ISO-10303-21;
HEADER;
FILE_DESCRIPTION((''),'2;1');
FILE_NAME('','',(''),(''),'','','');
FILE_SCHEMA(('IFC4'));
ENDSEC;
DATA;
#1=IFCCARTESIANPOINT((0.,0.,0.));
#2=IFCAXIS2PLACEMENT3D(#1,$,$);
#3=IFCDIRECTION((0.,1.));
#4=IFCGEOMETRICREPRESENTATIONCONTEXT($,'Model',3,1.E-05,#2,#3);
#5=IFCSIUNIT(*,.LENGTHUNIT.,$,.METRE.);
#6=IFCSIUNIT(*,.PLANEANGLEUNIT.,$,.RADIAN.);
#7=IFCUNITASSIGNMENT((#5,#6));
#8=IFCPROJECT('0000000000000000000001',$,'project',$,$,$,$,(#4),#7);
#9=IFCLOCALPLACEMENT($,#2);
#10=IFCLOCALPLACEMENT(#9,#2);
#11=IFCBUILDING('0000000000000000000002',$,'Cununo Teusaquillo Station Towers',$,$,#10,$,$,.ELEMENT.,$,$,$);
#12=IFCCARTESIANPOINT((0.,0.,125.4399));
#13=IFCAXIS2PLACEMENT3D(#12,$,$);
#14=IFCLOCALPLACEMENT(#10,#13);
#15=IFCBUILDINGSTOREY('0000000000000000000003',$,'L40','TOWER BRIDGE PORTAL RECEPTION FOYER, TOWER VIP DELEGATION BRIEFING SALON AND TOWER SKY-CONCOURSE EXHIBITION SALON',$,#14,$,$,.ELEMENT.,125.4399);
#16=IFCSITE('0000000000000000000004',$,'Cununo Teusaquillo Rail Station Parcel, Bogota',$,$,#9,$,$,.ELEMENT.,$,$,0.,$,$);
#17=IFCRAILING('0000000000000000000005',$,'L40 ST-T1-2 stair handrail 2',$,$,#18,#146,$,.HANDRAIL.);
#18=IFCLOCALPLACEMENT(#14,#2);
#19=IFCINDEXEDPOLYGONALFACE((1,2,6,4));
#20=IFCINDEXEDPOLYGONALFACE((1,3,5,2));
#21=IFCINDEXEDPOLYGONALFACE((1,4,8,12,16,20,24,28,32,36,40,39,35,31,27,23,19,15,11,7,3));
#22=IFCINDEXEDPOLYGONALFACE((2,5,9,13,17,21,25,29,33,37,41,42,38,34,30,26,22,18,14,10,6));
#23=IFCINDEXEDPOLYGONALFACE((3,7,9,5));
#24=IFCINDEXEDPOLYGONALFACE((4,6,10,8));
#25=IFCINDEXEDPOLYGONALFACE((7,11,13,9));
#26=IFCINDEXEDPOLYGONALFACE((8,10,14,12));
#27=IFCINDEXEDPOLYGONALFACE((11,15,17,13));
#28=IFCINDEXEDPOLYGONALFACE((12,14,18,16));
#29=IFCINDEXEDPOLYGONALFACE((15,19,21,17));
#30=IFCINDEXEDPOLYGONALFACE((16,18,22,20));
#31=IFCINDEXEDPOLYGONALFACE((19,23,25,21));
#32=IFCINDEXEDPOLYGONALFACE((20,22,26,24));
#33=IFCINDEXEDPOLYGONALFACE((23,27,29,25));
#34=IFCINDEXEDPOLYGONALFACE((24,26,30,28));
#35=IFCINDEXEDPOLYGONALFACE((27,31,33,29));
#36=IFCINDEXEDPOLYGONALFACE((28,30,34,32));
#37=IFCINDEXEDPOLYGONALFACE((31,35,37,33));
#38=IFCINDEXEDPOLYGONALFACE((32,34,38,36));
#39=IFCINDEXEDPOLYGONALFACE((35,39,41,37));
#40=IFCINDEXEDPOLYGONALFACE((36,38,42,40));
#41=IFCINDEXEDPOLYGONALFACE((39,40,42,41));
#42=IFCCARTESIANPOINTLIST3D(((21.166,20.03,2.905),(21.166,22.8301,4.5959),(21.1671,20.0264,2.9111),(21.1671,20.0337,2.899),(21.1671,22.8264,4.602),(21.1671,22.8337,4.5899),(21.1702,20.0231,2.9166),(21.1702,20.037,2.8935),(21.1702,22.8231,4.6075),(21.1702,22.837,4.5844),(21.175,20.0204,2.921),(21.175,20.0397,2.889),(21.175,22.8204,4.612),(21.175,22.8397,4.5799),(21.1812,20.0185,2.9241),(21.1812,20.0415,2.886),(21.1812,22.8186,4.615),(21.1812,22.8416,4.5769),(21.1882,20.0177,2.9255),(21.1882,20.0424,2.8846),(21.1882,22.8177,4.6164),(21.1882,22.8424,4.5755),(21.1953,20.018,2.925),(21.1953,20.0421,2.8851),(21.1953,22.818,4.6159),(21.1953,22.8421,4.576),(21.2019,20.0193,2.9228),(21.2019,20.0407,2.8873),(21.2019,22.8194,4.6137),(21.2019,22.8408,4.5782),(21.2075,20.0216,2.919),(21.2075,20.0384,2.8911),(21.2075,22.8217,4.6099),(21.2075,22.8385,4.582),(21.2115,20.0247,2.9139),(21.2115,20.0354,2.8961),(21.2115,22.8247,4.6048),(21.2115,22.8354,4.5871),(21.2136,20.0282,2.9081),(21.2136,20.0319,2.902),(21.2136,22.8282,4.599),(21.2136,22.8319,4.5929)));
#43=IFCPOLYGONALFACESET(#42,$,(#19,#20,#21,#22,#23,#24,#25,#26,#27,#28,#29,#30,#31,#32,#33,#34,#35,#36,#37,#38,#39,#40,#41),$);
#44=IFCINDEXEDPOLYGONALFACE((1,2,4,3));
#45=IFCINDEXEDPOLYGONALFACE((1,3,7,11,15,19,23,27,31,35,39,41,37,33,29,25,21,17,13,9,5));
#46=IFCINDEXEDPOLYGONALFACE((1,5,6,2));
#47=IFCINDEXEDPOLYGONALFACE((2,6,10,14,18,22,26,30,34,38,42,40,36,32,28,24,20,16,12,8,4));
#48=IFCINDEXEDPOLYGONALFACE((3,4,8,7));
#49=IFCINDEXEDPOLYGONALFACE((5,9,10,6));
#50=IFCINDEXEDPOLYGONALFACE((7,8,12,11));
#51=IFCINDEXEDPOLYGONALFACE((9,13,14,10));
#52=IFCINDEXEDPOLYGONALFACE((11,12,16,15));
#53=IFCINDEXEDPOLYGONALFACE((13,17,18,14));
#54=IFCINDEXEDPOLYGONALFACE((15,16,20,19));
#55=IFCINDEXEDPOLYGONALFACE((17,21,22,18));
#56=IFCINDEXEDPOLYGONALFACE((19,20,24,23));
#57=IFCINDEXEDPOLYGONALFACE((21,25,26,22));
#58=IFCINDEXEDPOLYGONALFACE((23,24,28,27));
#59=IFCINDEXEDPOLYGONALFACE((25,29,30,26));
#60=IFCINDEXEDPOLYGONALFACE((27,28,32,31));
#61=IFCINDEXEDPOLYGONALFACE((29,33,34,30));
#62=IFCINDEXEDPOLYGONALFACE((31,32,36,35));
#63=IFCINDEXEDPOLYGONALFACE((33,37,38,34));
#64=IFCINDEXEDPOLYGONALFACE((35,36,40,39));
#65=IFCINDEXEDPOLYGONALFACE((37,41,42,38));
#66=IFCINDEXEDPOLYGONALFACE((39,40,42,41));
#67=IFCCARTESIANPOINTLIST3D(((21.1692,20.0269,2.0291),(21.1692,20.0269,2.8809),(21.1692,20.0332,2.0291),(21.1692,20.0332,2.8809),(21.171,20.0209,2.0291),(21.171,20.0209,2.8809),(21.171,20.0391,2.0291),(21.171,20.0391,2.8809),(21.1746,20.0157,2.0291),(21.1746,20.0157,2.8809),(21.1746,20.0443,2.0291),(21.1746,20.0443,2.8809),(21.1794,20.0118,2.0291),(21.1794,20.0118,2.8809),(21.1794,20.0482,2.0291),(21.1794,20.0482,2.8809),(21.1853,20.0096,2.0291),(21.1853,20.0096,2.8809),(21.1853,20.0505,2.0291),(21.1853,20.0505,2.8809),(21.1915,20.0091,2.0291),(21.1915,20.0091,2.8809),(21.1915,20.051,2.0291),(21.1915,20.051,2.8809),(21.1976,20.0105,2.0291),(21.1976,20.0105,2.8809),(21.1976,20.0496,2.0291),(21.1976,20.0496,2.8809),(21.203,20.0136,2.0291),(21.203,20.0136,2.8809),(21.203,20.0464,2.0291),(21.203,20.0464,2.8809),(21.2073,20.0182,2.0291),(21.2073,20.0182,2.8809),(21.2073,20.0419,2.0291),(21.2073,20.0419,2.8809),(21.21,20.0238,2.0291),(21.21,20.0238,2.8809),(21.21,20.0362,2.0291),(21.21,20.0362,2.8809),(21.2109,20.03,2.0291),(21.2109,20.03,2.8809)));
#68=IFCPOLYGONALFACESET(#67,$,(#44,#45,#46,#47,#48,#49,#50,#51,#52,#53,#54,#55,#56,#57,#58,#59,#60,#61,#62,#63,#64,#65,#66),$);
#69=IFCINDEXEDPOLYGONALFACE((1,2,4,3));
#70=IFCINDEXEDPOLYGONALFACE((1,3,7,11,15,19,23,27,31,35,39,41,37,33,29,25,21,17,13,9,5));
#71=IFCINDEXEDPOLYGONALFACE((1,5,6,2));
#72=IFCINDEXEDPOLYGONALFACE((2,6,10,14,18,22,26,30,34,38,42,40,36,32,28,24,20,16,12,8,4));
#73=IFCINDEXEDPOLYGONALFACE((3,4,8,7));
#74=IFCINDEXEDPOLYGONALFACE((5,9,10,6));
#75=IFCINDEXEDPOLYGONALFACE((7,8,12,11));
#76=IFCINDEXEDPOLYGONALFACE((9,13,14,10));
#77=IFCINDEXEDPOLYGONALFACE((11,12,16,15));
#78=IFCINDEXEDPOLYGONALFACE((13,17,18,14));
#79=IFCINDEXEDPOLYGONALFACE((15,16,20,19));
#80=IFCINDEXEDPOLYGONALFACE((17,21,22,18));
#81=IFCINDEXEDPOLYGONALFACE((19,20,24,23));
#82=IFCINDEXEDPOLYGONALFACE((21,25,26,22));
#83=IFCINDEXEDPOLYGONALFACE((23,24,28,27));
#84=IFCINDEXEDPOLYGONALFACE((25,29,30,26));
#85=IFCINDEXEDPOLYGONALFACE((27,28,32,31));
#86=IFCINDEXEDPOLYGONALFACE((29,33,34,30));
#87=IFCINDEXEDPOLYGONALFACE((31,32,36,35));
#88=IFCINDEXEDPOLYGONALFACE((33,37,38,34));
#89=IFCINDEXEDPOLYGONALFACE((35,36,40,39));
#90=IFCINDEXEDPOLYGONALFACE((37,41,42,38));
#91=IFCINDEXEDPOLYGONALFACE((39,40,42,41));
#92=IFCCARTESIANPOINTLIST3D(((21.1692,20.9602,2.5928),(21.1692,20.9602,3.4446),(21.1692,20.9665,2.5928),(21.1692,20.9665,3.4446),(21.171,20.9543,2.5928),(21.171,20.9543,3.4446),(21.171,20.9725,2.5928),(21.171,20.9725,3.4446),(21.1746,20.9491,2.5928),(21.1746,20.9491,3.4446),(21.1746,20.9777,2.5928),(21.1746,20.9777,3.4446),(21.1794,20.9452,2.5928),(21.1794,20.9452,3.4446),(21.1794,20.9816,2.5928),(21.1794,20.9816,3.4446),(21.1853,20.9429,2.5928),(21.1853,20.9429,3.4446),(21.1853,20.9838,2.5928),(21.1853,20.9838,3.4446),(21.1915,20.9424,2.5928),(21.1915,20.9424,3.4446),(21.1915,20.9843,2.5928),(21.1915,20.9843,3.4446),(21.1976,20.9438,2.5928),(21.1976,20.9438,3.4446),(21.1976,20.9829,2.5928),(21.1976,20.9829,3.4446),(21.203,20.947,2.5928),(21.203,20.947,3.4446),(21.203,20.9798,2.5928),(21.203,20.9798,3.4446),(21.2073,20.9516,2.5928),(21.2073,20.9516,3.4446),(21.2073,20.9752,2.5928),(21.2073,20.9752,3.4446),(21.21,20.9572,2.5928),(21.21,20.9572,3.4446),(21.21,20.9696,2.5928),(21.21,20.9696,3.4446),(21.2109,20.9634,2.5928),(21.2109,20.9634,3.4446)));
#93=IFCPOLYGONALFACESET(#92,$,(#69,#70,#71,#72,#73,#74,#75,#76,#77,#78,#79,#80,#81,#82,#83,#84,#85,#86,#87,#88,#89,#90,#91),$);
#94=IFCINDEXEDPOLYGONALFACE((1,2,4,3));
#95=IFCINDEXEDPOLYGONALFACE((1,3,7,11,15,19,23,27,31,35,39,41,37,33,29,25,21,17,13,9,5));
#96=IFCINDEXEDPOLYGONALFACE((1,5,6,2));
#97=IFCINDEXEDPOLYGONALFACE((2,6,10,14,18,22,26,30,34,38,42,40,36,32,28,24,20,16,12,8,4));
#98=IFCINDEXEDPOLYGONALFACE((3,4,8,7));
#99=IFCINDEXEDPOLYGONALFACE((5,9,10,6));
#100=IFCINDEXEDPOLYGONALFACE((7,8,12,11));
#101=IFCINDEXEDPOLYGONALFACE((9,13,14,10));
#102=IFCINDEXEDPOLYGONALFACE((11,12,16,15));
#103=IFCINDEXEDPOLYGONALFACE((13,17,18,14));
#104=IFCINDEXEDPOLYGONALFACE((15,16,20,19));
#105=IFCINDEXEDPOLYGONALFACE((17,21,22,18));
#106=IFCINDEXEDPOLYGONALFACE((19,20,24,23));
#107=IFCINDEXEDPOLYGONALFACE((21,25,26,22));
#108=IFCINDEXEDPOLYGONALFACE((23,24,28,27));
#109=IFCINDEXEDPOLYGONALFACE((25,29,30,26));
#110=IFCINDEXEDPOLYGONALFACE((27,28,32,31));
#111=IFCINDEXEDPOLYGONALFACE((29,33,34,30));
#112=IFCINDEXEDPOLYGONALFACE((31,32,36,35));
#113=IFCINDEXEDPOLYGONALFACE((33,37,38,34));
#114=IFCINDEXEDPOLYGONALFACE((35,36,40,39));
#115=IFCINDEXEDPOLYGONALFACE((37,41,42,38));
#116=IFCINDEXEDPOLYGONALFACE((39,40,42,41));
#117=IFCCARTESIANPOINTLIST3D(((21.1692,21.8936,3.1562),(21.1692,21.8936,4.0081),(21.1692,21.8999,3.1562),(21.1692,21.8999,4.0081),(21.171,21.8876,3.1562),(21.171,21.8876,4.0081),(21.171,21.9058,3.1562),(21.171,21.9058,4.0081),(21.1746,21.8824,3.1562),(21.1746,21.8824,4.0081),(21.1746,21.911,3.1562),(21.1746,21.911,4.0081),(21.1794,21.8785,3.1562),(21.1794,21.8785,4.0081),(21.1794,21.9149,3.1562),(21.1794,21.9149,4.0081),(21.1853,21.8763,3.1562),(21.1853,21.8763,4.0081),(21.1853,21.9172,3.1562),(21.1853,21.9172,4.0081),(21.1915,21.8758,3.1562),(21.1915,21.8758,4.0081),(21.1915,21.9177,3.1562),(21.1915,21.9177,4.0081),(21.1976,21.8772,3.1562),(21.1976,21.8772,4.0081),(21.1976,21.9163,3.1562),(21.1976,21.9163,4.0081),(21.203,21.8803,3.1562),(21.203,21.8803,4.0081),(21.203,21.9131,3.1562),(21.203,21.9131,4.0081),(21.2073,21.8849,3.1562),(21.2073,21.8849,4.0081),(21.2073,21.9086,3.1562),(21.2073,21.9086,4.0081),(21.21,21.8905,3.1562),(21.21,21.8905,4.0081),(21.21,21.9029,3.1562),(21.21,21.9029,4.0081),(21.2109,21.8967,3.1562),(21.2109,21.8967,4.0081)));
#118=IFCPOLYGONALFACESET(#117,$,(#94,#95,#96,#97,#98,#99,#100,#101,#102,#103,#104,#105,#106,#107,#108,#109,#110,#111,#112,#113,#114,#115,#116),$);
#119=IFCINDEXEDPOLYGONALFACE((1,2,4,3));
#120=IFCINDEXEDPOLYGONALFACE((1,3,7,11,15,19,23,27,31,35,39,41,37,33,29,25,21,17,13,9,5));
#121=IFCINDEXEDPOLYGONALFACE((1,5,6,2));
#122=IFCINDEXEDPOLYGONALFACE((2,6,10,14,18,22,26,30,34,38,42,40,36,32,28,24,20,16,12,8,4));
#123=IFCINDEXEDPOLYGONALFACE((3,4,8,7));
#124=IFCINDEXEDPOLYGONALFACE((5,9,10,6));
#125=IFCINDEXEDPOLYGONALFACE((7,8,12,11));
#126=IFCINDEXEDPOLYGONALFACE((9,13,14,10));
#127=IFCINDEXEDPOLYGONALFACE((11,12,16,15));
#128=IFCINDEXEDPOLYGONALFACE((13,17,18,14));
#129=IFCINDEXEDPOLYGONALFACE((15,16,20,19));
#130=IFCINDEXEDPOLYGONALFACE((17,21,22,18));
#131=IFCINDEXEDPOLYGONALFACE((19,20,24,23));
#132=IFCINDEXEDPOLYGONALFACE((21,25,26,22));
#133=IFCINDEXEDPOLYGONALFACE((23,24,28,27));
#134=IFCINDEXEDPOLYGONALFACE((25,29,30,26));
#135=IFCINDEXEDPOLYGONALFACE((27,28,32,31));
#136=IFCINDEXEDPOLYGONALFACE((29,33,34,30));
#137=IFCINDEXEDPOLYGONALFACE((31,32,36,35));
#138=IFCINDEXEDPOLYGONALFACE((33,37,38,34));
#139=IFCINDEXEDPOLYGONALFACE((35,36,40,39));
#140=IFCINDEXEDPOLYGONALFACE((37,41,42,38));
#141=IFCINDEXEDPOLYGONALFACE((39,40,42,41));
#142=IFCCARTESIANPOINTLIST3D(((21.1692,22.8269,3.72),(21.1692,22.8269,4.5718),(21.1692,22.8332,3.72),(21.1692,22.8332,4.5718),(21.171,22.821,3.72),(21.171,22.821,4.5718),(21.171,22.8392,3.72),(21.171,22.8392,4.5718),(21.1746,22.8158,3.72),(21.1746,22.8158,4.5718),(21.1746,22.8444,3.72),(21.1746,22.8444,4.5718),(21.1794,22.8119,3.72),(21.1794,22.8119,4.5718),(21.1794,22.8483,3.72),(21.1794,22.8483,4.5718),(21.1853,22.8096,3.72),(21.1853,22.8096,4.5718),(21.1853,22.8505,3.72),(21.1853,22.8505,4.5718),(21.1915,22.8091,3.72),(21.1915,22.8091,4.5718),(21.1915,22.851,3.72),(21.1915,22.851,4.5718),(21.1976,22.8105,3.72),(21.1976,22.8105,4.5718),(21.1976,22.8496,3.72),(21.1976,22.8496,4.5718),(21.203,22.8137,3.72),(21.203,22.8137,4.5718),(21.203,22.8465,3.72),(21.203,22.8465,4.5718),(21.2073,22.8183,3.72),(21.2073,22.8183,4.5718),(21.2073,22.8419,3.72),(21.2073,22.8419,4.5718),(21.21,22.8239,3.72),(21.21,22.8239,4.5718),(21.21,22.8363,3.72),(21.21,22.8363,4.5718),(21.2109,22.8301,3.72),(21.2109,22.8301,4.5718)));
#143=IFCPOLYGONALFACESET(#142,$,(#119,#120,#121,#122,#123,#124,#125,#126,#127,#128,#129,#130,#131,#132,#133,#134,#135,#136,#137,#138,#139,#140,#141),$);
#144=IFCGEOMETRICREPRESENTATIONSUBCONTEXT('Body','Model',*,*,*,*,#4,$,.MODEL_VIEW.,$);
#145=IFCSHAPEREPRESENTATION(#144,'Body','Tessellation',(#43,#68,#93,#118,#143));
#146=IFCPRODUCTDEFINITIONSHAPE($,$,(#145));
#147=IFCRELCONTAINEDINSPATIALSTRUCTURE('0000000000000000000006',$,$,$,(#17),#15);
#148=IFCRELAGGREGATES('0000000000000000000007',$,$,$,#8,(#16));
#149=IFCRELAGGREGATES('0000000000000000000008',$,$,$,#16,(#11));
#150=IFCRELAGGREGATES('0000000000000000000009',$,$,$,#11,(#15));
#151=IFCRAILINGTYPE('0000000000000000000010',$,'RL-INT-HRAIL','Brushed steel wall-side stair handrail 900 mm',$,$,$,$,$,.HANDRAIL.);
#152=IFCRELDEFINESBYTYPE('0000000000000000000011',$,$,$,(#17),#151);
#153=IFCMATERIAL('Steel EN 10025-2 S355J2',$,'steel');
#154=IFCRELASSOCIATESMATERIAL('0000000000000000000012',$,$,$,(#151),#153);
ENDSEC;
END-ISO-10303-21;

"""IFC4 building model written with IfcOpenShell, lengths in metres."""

from ifc_helpers import new_model, si_unit, direction, frame, origin, origin_2d, place, context, subcontext, project, spatial, circle, extrude, material, type_object, element, save


model = new_model("IFC4")

# Units and contexts
model_context = context("Model", 3, precision=1e-05, world=origin(), true_north=direction((0.0, 1.0)))
body_context = subcontext(model_context, "Body", "Model", "MODEL_VIEW")
ifc_project = project(units=[si_unit("LENGTHUNIT", "METRE"), si_unit("PLANEANGLEUNIT", "RADIAN")], contexts=[model_context])

# Site, building, storey
site_placement = place(None, origin())
site = spatial("IfcSite", under=ifc_project, at=site_placement, Name="Cununo Teusaquillo Rail Station Parcel, Bogota", CompositionType="ELEMENT", RefElevation=0.0)
building_placement = place(site_placement, origin())
building = spatial("IfcBuilding", under=site, at=building_placement, Name="Cununo Teusaquillo Station Towers", CompositionType="ELEMENT")
storey_placement = place(building_placement, frame((0.0, 0.0, 125.4399)))
storey = spatial("IfcBuildingStorey", under=building, at=storey_placement, Name="L40", Description="TOWER BRIDGE PORTAL RECEPTION FOYER, TOWER VIP DELEGATION BRIEFING SALON AND TOWER SKY-CONCOURSE EXHIBITION SALON", CompositionType="ELEMENT", Elevation=125.4399)

# Railing
ifc_material_1 = material(Name="Steel EN 10025-2 S355J2", Category="steel")
railing_type_1 = type_object("IfcRailingType", Name="RL-INT-HRAIL", Description="Brushed steel wall-side stair handrail 900 mm", PredefinedType="HANDRAIL", material=ifc_material_1)
railing_1_placement = place(storey_placement, frame((21.1899, 20.03, 2.0291)))
element("IfcRailing", 1, at=railing_1_placement, inside=storey, type_object=railing_type_1, Name="L40 ST-T1-2 stair handrail 2", PredefinedType="HANDRAIL", context=body_context, shape_type="SweptSolid", body=[
    extrude(circle(Radius=0.0239, at=origin_2d()), frame((0.0, 0.0, 0.876), z_axis=(0.0, 0.856021, 0.516941), x_axis=(-1.0, 0.0, 0.0)), (0.0, 0.0, 1.0), 3.271),
    extrude(circle(Radius=0.021, at=origin_2d()), origin(), (0.0, 0.0, 1.0), 0.8518),
    extrude(circle(Radius=0.021, at=origin_2d()), frame((0.0, 0.9333, 0.5637)), (0.0, 0.0, 1.0), 0.8518),
    extrude(circle(Radius=0.021, at=origin_2d()), frame((0.0, 1.8667, 1.1272)), (0.0, 0.0, 1.0), 0.8518),
    extrude(circle(Radius=0.021, at=origin_2d()), frame((0.0, 2.8, 1.6909)), (0.0, 0.0, 1.0), 0.8518),
])

save(model, "model.ifc")
